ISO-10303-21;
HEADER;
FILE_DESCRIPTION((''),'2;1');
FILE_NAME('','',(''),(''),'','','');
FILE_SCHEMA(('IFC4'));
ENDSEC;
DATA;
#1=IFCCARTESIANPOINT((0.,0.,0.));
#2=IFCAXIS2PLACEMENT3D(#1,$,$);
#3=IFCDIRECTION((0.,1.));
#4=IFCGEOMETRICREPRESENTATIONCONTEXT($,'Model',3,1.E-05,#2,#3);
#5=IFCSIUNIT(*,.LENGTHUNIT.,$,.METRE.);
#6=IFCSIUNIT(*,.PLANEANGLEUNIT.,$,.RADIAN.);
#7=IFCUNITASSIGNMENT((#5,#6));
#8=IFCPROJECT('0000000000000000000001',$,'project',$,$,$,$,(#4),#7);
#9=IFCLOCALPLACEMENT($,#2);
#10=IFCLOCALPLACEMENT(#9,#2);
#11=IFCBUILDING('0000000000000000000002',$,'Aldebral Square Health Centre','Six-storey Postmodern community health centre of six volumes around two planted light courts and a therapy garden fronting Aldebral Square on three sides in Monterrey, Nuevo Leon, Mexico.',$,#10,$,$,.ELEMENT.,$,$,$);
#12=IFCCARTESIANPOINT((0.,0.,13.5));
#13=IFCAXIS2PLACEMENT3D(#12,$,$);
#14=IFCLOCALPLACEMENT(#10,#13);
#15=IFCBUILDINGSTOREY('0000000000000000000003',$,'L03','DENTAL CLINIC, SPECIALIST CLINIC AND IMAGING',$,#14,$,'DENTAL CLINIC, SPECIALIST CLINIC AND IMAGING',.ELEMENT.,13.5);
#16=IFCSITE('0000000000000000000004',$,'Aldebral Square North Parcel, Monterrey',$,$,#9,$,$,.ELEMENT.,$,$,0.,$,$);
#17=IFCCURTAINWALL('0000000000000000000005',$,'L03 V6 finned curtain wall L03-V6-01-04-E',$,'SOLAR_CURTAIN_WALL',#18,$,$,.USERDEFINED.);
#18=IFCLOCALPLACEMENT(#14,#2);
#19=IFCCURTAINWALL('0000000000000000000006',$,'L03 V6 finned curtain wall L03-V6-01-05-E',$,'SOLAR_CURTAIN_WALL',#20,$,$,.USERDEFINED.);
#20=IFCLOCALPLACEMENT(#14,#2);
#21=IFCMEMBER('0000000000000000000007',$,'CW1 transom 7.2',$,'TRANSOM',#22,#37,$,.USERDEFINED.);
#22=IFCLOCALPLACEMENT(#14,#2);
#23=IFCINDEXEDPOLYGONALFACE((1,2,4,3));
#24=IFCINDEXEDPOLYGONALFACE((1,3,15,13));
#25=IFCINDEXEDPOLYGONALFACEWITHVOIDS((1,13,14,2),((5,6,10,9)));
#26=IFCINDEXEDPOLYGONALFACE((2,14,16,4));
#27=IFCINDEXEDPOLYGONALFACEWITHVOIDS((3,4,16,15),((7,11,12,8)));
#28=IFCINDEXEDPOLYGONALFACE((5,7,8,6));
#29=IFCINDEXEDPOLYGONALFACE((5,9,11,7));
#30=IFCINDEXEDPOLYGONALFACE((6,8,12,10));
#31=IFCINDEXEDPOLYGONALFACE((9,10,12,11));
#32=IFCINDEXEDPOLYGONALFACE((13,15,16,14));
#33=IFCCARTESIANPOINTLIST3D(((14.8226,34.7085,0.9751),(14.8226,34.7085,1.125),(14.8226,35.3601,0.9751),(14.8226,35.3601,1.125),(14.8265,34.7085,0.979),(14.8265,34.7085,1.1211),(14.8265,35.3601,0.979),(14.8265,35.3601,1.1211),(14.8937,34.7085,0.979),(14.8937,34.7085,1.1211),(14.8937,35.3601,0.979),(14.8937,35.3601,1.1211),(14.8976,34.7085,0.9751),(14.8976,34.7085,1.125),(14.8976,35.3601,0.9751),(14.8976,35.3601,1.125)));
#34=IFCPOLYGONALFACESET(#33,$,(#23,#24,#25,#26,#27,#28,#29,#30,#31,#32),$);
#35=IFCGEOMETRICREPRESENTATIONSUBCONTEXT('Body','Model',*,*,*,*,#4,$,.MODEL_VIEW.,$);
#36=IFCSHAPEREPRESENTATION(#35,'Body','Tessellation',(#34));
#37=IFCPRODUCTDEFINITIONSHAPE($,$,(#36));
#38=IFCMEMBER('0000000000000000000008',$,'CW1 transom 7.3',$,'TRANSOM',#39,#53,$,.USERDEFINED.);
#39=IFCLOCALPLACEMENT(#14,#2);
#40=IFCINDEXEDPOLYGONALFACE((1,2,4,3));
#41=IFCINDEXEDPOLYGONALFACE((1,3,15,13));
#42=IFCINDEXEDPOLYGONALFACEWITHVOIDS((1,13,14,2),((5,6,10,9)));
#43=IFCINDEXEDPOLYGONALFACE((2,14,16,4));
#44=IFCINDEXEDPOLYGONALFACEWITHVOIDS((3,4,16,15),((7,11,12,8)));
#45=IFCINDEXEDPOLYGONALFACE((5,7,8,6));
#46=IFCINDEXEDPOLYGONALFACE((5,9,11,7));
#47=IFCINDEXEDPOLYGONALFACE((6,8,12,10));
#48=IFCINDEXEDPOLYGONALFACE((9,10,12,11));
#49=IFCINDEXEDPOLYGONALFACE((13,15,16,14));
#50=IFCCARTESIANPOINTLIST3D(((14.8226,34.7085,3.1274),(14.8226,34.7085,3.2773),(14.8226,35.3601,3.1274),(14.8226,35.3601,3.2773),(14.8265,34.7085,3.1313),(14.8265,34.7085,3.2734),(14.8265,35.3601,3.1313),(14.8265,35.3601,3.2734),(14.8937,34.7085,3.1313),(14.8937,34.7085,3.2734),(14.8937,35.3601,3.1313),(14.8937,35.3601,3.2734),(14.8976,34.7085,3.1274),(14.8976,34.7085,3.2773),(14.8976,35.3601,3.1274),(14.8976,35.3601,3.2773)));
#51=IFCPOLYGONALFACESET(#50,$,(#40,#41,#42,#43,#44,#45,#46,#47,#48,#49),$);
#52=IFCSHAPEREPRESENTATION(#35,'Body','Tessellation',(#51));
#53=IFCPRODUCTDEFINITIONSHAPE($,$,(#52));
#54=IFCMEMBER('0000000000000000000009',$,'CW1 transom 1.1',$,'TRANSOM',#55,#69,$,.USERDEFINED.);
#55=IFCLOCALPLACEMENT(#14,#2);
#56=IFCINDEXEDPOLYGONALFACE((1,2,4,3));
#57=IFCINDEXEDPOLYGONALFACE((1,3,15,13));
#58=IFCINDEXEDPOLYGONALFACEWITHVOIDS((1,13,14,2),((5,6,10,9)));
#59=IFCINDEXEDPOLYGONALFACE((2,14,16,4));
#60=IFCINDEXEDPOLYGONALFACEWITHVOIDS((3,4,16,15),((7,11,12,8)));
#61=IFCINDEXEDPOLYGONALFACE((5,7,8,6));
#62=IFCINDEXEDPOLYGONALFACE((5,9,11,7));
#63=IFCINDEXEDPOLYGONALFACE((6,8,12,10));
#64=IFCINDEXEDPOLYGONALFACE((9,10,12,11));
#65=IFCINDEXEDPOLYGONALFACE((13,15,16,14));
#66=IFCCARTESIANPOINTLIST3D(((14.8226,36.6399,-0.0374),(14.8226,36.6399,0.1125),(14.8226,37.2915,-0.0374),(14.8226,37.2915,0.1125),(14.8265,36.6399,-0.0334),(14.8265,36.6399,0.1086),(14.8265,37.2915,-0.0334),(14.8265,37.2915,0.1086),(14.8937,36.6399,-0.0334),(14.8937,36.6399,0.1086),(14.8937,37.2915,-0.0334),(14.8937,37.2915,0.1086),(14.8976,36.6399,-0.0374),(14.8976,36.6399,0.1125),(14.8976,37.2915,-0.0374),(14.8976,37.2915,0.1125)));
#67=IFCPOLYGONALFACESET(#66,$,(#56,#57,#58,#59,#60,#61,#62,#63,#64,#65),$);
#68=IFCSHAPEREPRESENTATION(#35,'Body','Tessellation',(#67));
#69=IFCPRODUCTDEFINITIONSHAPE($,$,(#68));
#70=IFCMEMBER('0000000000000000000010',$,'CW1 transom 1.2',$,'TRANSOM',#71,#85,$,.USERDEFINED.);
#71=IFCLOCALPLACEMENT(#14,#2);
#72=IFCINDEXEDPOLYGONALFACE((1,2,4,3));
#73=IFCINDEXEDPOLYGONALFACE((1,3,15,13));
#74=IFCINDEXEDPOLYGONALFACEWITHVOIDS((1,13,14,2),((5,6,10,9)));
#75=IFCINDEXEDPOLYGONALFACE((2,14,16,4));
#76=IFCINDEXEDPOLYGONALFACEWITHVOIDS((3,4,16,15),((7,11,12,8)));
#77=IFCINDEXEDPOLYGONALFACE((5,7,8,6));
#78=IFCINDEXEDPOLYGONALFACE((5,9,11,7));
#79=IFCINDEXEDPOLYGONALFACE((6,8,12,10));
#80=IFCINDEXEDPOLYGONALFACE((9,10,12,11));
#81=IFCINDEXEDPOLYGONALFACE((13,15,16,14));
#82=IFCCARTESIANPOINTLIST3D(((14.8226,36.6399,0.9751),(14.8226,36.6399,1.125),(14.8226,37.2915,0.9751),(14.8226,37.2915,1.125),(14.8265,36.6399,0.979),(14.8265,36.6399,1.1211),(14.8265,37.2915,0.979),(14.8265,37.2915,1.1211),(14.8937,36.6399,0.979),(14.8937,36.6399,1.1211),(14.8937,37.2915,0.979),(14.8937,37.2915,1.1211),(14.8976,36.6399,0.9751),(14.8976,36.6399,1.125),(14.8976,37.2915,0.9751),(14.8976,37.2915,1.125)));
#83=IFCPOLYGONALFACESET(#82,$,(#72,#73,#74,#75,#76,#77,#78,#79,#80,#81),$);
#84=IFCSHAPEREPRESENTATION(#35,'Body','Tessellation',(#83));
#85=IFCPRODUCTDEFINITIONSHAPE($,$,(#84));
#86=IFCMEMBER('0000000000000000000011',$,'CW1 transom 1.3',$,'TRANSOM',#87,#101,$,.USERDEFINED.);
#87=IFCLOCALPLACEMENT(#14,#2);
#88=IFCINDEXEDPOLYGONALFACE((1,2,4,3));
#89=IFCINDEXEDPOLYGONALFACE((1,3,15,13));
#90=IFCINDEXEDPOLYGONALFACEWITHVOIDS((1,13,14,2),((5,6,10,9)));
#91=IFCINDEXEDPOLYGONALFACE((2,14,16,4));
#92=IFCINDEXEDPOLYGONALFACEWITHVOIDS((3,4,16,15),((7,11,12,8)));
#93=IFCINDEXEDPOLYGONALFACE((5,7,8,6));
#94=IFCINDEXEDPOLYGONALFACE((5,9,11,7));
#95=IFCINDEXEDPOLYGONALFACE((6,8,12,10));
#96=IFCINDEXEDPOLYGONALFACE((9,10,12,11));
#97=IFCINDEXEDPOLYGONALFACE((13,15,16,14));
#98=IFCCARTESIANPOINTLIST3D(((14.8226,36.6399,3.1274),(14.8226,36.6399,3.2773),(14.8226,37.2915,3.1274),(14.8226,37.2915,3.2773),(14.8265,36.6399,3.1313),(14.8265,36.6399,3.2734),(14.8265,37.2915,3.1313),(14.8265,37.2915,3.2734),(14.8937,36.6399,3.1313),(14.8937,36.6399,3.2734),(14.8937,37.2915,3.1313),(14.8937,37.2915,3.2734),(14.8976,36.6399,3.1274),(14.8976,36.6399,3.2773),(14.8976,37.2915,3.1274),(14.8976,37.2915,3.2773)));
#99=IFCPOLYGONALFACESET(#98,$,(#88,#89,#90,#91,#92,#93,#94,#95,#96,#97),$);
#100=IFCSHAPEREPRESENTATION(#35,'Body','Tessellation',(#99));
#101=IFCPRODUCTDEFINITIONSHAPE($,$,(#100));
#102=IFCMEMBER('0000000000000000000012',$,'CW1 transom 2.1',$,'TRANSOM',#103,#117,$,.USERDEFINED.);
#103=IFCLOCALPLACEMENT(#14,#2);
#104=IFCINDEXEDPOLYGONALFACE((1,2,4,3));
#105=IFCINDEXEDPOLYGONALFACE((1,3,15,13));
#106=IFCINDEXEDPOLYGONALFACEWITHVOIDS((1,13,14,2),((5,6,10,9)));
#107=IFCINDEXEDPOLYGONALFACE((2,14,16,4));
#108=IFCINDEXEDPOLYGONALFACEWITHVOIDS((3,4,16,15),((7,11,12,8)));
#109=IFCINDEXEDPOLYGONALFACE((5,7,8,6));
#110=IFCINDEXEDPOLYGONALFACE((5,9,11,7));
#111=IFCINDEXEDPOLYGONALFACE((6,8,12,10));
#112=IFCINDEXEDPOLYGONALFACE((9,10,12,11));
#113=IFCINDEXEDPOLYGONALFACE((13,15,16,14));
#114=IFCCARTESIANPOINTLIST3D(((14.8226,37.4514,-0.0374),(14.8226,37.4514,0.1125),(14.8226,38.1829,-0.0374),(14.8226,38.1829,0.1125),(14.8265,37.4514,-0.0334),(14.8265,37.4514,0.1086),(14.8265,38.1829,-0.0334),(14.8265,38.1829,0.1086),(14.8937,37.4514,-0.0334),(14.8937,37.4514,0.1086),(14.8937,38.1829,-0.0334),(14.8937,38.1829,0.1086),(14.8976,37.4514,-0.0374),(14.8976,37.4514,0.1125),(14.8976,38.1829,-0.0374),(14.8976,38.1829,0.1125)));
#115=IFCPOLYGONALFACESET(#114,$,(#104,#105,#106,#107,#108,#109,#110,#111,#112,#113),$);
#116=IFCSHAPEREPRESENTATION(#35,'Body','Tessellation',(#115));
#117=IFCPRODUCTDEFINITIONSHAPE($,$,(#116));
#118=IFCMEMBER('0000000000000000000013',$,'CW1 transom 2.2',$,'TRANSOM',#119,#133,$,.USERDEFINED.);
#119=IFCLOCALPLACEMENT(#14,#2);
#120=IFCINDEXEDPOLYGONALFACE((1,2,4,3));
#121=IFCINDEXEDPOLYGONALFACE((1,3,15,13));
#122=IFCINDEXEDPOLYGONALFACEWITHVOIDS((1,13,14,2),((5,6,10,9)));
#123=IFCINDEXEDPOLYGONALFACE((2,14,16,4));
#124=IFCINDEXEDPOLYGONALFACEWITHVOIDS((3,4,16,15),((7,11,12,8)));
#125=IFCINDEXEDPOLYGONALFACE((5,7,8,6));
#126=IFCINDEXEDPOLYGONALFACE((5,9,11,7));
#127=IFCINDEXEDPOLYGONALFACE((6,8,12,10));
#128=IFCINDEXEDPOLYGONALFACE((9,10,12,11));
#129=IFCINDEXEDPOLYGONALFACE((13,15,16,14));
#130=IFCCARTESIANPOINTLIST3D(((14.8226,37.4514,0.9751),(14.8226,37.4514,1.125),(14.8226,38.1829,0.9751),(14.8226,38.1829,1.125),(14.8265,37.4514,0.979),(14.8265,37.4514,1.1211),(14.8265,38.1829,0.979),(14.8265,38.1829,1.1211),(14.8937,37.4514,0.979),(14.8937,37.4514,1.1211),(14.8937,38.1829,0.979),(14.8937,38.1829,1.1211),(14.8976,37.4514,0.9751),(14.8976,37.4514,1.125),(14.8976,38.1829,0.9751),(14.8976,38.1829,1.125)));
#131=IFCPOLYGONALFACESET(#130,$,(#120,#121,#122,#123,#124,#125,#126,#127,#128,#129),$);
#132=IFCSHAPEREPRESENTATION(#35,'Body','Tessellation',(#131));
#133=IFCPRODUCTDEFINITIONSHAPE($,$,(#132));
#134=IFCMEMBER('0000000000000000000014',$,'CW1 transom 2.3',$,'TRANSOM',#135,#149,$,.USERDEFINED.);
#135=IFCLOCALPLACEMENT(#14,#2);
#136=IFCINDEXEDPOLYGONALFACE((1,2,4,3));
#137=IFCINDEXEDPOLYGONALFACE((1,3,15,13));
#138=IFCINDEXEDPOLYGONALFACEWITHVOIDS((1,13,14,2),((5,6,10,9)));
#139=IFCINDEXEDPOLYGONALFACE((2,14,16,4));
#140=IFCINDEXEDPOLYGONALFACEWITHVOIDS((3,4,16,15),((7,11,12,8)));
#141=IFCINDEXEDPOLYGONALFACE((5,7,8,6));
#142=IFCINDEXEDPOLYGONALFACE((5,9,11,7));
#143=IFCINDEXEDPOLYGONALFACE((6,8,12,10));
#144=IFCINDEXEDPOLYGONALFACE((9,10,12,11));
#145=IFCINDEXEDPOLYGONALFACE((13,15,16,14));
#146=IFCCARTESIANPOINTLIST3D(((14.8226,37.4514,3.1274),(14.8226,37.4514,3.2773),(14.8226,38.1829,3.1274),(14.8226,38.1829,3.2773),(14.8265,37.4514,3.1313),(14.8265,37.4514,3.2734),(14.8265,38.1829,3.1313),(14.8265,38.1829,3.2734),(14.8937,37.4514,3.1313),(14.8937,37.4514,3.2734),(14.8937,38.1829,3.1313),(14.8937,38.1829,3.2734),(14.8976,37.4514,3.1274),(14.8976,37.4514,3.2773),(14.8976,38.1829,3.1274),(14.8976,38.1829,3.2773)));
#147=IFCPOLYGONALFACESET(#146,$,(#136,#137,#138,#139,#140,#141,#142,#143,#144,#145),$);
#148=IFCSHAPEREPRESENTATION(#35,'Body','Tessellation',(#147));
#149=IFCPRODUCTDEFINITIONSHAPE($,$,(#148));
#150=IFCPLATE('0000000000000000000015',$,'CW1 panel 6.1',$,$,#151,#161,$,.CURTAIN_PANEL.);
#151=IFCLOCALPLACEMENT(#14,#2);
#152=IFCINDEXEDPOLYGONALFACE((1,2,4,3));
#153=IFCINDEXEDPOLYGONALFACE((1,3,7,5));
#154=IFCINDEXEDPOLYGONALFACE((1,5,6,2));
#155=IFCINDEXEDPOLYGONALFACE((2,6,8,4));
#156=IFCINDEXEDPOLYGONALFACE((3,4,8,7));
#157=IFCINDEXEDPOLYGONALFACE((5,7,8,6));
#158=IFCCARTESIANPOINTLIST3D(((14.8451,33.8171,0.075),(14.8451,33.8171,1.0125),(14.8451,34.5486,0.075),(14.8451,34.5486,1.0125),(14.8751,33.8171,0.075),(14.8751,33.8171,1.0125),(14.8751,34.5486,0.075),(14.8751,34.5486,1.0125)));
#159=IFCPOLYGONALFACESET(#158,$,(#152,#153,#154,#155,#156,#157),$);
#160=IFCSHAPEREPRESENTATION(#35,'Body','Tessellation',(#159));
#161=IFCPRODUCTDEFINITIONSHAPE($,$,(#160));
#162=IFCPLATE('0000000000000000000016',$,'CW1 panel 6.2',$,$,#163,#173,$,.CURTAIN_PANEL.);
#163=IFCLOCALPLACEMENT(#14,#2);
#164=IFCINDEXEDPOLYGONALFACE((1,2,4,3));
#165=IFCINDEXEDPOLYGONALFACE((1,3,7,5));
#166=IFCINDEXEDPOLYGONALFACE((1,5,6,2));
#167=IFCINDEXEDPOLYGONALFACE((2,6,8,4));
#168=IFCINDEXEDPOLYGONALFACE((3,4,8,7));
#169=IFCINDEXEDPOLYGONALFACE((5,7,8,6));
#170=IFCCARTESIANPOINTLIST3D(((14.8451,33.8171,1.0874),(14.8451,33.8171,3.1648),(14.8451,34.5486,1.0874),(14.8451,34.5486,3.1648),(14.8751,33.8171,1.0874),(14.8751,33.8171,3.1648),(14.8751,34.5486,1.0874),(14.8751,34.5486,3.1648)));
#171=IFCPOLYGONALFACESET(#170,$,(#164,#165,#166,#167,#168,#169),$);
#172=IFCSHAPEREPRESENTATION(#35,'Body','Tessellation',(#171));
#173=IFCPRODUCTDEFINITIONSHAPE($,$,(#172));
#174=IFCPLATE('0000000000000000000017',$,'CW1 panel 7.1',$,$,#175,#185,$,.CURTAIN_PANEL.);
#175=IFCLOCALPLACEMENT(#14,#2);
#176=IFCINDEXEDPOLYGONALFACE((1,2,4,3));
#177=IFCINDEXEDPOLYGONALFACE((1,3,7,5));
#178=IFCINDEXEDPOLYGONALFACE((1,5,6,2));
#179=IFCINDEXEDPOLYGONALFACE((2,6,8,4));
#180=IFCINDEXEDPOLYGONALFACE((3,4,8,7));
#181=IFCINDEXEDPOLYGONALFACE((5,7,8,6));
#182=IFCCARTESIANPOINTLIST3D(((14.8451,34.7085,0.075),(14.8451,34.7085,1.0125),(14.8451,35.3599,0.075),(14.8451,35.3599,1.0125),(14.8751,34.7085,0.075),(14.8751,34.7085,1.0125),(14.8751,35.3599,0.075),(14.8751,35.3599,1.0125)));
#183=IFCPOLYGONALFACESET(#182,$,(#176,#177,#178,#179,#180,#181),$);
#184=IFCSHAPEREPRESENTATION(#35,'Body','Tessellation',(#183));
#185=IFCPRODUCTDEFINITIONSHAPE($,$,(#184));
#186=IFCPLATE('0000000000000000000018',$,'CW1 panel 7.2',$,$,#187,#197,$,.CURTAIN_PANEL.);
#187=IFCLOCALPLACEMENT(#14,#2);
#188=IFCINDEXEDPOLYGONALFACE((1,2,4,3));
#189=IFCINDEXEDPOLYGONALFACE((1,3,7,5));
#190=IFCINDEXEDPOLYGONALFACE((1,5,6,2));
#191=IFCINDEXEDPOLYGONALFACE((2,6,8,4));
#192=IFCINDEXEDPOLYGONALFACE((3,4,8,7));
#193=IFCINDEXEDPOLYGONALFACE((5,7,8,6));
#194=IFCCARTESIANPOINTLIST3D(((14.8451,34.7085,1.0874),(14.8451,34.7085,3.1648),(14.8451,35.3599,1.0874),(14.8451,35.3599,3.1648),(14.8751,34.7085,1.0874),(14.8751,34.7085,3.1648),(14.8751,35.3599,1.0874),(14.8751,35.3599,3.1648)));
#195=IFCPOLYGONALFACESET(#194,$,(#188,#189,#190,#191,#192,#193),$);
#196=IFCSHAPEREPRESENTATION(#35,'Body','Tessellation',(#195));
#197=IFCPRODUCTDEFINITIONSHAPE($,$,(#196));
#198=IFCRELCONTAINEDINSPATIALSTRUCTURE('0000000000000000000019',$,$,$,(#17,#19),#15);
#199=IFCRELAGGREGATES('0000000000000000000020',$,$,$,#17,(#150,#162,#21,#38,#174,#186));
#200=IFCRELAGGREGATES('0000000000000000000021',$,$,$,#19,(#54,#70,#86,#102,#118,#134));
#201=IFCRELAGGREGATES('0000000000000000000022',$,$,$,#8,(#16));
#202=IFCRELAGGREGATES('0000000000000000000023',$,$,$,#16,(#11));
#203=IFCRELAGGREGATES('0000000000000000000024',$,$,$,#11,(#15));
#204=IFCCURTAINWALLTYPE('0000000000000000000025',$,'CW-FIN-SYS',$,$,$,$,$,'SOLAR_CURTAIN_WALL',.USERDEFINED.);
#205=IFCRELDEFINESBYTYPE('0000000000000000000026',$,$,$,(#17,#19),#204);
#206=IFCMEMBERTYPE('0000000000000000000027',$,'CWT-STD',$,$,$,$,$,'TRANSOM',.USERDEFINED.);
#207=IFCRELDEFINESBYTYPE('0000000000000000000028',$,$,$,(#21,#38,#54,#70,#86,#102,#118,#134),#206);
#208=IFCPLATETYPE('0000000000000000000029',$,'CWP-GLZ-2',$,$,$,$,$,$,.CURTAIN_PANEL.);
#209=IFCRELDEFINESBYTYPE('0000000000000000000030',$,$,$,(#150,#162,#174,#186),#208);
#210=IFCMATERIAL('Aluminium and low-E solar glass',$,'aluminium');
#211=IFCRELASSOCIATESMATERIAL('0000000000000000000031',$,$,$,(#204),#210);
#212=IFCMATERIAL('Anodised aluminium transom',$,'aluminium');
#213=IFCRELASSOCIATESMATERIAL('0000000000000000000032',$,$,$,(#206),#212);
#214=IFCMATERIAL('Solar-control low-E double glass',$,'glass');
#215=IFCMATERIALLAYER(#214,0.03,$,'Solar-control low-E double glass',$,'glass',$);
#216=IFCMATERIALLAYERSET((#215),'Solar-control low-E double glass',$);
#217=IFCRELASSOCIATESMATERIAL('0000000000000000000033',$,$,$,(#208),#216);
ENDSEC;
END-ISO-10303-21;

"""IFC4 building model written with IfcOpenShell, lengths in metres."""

from ifc_helpers import new_model, si_unit, direction, frame, origin, origin_2d, place, context, subcontext, project, spatial, rectangle, hollow_rectangle, extrude, material, layer, layer_set, material_profile, profile_set, type_object, element, aggregate, save


model = new_model("IFC4")

# Units and contexts
model_context = context("Model", 3, precision=1e-05, world=origin(), true_north=direction((0.0, 1.0)))
body_context = subcontext(model_context, "Body", "Model", "MODEL_VIEW")
ifc_project = project(units=[si_unit("LENGTHUNIT", "METRE"), si_unit("PLANEANGLEUNIT", "RADIAN")], contexts=[model_context])

# Site, building, storey
site_placement = place(None, origin())
site = spatial("IfcSite", under=ifc_project, at=site_placement, Name="Aldebral Square North Parcel, Monterrey", CompositionType="ELEMENT", RefElevation=0.0)
building_placement = place(site_placement, origin())
building = spatial("IfcBuilding", under=site, at=building_placement, Name="Aldebral Square Health Centre", Description="Six-storey Postmodern community health centre of six volumes around two planted light courts and a therapy garden fronting Aldebral Square on three sides in Monterrey, Nuevo Leon, Mexico.", CompositionType="ELEMENT")
storey_placement = place(building_placement, frame((0.0, 0.0, 13.5)))
storey = spatial("IfcBuildingStorey", under=building, at=storey_placement, Name="L03", Description="DENTAL CLINIC, SPECIALIST CLINIC AND IMAGING", LongName="DENTAL CLINIC, SPECIALIST CLINIC AND IMAGING", CompositionType="ELEMENT", Elevation=13.5)

# Curtain walls
ifc_material_1 = material(Name="Aluminium and low-E solar glass", Category="aluminium")
curtain_wall_type = type_object("IfcCurtainWallType", Name="CW-FIN-SYS", ElementType="SOLAR_CURTAIN_WALL", PredefinedType="USERDEFINED", material=ifc_material_1)
curtain_wall_1_placement = place(storey_placement, origin())
curtain_wall_1 = element("IfcCurtainWall", 1, at=curtain_wall_1_placement, inside=storey, type_object=curtain_wall_type, Name="L03 V6 finned curtain wall L03-V6-01-04-E", ObjectType="SOLAR_CURTAIN_WALL", PredefinedType="USERDEFINED")
curtain_wall_2_placement = place(storey_placement, origin())
curtain_wall_2 = element("IfcCurtainWall", 2, at=curtain_wall_2_placement, inside=storey, type_object=curtain_wall_type, Name="L03 V6 finned curtain wall L03-V6-01-05-E", ObjectType="SOLAR_CURTAIN_WALL", PredefinedType="USERDEFINED")

# Members
ifc_material_2 = material(Name="Anodised aluminium transom", Category="aluminium")
ifc_material_profile_1 = material_profile(ifc_material_2, hollow_rectangle(XDim=0.075, YDim=0.1499, WallThickness=0.0039, at=origin_2d()), Name="CWT 75x150x4")
ifc_profile_set_1 = profile_set([ifc_material_profile_1], Name="Anodised aluminium transom")
member_type_1 = type_object("IfcMemberType", Name="CWT-STD", ElementType="TRANSOM", PredefinedType="USERDEFINED", material=ifc_profile_set_1)
member_1_placement = place(storey_placement, frame((14.8601, 34.7085, 1.05), z_axis=(0.0, 1.0, 0.0), x_axis=(-1.0, 0.0, 0.0)))
member_1 = element("IfcMember", 3, at=member_1_placement, type_object=member_type_1, Name="CW1 transom 7.2", ObjectType="TRANSOM", PredefinedType="USERDEFINED", context=body_context, shape_type="SweptSolid", body=[
    extrude(hollow_rectangle(XDim=0.075, YDim=0.1499, WallThickness=0.0039, at=origin_2d()), origin(), (0.0, 0.0, 1.0), 0.6516),
])
member_2_placement = place(storey_placement, frame((14.8601, 34.7085, 3.2024), z_axis=(0.0, 1.0, 0.0), x_axis=(-1.0, 0.0, 0.0)))
member_2 = element("IfcMember", 4, at=member_2_placement, type_object=member_type_1, Name="CW1 transom 7.3", ObjectType="TRANSOM", PredefinedType="USERDEFINED", context=body_context, shape_type="SweptSolid", body=[
    extrude(hollow_rectangle(XDim=0.075, YDim=0.1499, WallThickness=0.0039, at=origin_2d()), origin(), (0.0, 0.0, 1.0), 0.6516),
])
member_3_placement = place(storey_placement, frame((14.8601, 36.6399, 0.0376), z_axis=(0.0, 1.0, 0.0), x_axis=(-1.0, 0.0, 0.0)))
member_3 = element("IfcMember", 5, at=member_3_placement, type_object=member_type_1, Name="CW1 transom 1.1", ObjectType="TRANSOM", PredefinedType="USERDEFINED", context=body_context, shape_type="SweptSolid", body=[
    extrude(hollow_rectangle(XDim=0.075, YDim=0.1499, WallThickness=0.0039, at=origin_2d()), origin(), (0.0, 0.0, 1.0), 0.6516),
])
member_4_placement = place(storey_placement, frame((14.8601, 36.6399, 1.05), z_axis=(0.0, 1.0, 0.0), x_axis=(-1.0, 0.0, 0.0)))
member_4 = element("IfcMember", 6, at=member_4_placement, type_object=member_type_1, Name="CW1 transom 1.2", ObjectType="TRANSOM", PredefinedType="USERDEFINED", context=body_context, shape_type="SweptSolid", body=[
    extrude(hollow_rectangle(XDim=0.075, YDim=0.1499, WallThickness=0.0039, at=origin_2d()), origin(), (0.0, 0.0, 1.0), 0.6516),
])
member_5_placement = place(storey_placement, frame((14.8601, 36.6399, 3.2024), z_axis=(0.0, 1.0, 0.0), x_axis=(-1.0, 0.0, 0.0)))
member_5 = element("IfcMember", 7, at=member_5_placement, type_object=member_type_1, Name="CW1 transom 1.3", ObjectType="TRANSOM", PredefinedType="USERDEFINED", context=body_context, shape_type="SweptSolid", body=[
    extrude(hollow_rectangle(XDim=0.075, YDim=0.1499, WallThickness=0.0039, at=origin_2d()), origin(), (0.0, 0.0, 1.0), 0.6516),
])
member_6_placement = place(storey_placement, frame((14.8601, 37.4514, 0.0376), z_axis=(0.0, 1.0, 0.0), x_axis=(-1.0, 0.0, 0.0)))
member_6 = element("IfcMember", 8, at=member_6_placement, type_object=member_type_1, Name="CW1 transom 2.1", ObjectType="TRANSOM", PredefinedType="USERDEFINED", context=body_context, shape_type="SweptSolid", body=[
    extrude(hollow_rectangle(XDim=0.075, YDim=0.1499, WallThickness=0.0039, at=origin_2d()), origin(), (0.0, 0.0, 1.0), 0.7314),
])
member_7_placement = place(storey_placement, frame((14.8601, 37.4514, 1.05), z_axis=(0.0, 1.0, 0.0), x_axis=(-1.0, 0.0, 0.0)))
member_7 = element("IfcMember", 9, at=member_7_placement, type_object=member_type_1, Name="CW1 transom 2.2", ObjectType="TRANSOM", PredefinedType="USERDEFINED", context=body_context, shape_type="SweptSolid", body=[
    extrude(hollow_rectangle(XDim=0.075, YDim=0.1499, WallThickness=0.0039, at=origin_2d()), origin(), (0.0, 0.0, 1.0), 0.7314),
])
member_8_placement = place(storey_placement, frame((14.8601, 37.4514, 3.2024), z_axis=(0.0, 1.0, 0.0), x_axis=(-1.0, 0.0, 0.0)))
member_8 = element("IfcMember", 10, at=member_8_placement, type_object=member_type_1, Name="CW1 transom 2.3", ObjectType="TRANSOM", PredefinedType="USERDEFINED", context=body_context, shape_type="SweptSolid", body=[
    extrude(hollow_rectangle(XDim=0.075, YDim=0.1499, WallThickness=0.0039, at=origin_2d()), origin(), (0.0, 0.0, 1.0), 0.7314),
])

# Plates
ifc_material_3 = material(Name="Solar-control low-E double glass", Category="glass")
ifc_layer_1 = layer(ifc_material_3, 0.03, Name="Solar-control low-E double glass", Category="glass")
ifc_layer_set_1 = layer_set([ifc_layer_1], Name="Solar-control low-E double glass")
plate_type_1 = type_object("IfcPlateType", Name="CWP-GLZ-2", PredefinedType="CURTAIN_PANEL", material=ifc_layer_set_1)
plate_1_placement = place(storey_placement, frame((14.8601, 34.1829, 0.075), z_axis=(0.0, 0.0, 1.0), x_axis=(0.0, 1.0, 0.0)))
plate_1 = element("IfcPlate", 11, at=plate_1_placement, type_object=plate_type_1, Name="CW1 panel 6.1", PredefinedType="CURTAIN_PANEL", context=body_context, shape_type="SweptSolid", body=[
    extrude(rectangle(XDim=0.7314, YDim=0.03, at=origin_2d()), origin(), (0.0, 0.0, 1.0), 0.9375),
])
plate_2_placement = place(storey_placement, frame((14.8601, 34.1829, 1.0874), z_axis=(0.0, 0.0, 1.0), x_axis=(0.0, 1.0, 0.0)))
plate_2 = element("IfcPlate", 12, at=plate_2_placement, type_object=plate_type_1, Name="CW1 panel 6.2", PredefinedType="CURTAIN_PANEL", context=body_context, shape_type="SweptSolid", body=[
    extrude(rectangle(XDim=0.7314, YDim=0.03, at=origin_2d()), origin(), (0.0, 0.0, 1.0), 2.0774),
])
plate_3_placement = place(storey_placement, frame((14.8601, 35.0342, 0.075), z_axis=(0.0, 0.0, 1.0), x_axis=(0.0, 1.0, 0.0)))
plate_3 = element("IfcPlate", 13, at=plate_3_placement, type_object=plate_type_1, Name="CW1 panel 7.1", PredefinedType="CURTAIN_PANEL", context=body_context, shape_type="SweptSolid", body=[
    extrude(rectangle(XDim=0.6514, YDim=0.03, at=origin_2d()), origin(), (0.0, 0.0, 1.0), 0.9375),
])
plate_4_placement = place(storey_placement, frame((14.8601, 35.0342, 1.0874), z_axis=(0.0, 0.0, 1.0), x_axis=(0.0, 1.0, 0.0)))
plate_4 = element("IfcPlate", 14, at=plate_4_placement, type_object=plate_type_1, Name="CW1 panel 7.2", PredefinedType="CURTAIN_PANEL", context=body_context, shape_type="SweptSolid", body=[
    extrude(rectangle(XDim=0.6514, YDim=0.03, at=origin_2d()), origin(), (0.0, 0.0, 1.0), 2.0774),
])
aggregate(curtain_wall_1, [plate_1, plate_2, member_1, member_2, plate_3, plate_4])
aggregate(curtain_wall_2, [member_3, member_4, member_5, member_6, member_7, member_8])

save(model, "model.ifc")
